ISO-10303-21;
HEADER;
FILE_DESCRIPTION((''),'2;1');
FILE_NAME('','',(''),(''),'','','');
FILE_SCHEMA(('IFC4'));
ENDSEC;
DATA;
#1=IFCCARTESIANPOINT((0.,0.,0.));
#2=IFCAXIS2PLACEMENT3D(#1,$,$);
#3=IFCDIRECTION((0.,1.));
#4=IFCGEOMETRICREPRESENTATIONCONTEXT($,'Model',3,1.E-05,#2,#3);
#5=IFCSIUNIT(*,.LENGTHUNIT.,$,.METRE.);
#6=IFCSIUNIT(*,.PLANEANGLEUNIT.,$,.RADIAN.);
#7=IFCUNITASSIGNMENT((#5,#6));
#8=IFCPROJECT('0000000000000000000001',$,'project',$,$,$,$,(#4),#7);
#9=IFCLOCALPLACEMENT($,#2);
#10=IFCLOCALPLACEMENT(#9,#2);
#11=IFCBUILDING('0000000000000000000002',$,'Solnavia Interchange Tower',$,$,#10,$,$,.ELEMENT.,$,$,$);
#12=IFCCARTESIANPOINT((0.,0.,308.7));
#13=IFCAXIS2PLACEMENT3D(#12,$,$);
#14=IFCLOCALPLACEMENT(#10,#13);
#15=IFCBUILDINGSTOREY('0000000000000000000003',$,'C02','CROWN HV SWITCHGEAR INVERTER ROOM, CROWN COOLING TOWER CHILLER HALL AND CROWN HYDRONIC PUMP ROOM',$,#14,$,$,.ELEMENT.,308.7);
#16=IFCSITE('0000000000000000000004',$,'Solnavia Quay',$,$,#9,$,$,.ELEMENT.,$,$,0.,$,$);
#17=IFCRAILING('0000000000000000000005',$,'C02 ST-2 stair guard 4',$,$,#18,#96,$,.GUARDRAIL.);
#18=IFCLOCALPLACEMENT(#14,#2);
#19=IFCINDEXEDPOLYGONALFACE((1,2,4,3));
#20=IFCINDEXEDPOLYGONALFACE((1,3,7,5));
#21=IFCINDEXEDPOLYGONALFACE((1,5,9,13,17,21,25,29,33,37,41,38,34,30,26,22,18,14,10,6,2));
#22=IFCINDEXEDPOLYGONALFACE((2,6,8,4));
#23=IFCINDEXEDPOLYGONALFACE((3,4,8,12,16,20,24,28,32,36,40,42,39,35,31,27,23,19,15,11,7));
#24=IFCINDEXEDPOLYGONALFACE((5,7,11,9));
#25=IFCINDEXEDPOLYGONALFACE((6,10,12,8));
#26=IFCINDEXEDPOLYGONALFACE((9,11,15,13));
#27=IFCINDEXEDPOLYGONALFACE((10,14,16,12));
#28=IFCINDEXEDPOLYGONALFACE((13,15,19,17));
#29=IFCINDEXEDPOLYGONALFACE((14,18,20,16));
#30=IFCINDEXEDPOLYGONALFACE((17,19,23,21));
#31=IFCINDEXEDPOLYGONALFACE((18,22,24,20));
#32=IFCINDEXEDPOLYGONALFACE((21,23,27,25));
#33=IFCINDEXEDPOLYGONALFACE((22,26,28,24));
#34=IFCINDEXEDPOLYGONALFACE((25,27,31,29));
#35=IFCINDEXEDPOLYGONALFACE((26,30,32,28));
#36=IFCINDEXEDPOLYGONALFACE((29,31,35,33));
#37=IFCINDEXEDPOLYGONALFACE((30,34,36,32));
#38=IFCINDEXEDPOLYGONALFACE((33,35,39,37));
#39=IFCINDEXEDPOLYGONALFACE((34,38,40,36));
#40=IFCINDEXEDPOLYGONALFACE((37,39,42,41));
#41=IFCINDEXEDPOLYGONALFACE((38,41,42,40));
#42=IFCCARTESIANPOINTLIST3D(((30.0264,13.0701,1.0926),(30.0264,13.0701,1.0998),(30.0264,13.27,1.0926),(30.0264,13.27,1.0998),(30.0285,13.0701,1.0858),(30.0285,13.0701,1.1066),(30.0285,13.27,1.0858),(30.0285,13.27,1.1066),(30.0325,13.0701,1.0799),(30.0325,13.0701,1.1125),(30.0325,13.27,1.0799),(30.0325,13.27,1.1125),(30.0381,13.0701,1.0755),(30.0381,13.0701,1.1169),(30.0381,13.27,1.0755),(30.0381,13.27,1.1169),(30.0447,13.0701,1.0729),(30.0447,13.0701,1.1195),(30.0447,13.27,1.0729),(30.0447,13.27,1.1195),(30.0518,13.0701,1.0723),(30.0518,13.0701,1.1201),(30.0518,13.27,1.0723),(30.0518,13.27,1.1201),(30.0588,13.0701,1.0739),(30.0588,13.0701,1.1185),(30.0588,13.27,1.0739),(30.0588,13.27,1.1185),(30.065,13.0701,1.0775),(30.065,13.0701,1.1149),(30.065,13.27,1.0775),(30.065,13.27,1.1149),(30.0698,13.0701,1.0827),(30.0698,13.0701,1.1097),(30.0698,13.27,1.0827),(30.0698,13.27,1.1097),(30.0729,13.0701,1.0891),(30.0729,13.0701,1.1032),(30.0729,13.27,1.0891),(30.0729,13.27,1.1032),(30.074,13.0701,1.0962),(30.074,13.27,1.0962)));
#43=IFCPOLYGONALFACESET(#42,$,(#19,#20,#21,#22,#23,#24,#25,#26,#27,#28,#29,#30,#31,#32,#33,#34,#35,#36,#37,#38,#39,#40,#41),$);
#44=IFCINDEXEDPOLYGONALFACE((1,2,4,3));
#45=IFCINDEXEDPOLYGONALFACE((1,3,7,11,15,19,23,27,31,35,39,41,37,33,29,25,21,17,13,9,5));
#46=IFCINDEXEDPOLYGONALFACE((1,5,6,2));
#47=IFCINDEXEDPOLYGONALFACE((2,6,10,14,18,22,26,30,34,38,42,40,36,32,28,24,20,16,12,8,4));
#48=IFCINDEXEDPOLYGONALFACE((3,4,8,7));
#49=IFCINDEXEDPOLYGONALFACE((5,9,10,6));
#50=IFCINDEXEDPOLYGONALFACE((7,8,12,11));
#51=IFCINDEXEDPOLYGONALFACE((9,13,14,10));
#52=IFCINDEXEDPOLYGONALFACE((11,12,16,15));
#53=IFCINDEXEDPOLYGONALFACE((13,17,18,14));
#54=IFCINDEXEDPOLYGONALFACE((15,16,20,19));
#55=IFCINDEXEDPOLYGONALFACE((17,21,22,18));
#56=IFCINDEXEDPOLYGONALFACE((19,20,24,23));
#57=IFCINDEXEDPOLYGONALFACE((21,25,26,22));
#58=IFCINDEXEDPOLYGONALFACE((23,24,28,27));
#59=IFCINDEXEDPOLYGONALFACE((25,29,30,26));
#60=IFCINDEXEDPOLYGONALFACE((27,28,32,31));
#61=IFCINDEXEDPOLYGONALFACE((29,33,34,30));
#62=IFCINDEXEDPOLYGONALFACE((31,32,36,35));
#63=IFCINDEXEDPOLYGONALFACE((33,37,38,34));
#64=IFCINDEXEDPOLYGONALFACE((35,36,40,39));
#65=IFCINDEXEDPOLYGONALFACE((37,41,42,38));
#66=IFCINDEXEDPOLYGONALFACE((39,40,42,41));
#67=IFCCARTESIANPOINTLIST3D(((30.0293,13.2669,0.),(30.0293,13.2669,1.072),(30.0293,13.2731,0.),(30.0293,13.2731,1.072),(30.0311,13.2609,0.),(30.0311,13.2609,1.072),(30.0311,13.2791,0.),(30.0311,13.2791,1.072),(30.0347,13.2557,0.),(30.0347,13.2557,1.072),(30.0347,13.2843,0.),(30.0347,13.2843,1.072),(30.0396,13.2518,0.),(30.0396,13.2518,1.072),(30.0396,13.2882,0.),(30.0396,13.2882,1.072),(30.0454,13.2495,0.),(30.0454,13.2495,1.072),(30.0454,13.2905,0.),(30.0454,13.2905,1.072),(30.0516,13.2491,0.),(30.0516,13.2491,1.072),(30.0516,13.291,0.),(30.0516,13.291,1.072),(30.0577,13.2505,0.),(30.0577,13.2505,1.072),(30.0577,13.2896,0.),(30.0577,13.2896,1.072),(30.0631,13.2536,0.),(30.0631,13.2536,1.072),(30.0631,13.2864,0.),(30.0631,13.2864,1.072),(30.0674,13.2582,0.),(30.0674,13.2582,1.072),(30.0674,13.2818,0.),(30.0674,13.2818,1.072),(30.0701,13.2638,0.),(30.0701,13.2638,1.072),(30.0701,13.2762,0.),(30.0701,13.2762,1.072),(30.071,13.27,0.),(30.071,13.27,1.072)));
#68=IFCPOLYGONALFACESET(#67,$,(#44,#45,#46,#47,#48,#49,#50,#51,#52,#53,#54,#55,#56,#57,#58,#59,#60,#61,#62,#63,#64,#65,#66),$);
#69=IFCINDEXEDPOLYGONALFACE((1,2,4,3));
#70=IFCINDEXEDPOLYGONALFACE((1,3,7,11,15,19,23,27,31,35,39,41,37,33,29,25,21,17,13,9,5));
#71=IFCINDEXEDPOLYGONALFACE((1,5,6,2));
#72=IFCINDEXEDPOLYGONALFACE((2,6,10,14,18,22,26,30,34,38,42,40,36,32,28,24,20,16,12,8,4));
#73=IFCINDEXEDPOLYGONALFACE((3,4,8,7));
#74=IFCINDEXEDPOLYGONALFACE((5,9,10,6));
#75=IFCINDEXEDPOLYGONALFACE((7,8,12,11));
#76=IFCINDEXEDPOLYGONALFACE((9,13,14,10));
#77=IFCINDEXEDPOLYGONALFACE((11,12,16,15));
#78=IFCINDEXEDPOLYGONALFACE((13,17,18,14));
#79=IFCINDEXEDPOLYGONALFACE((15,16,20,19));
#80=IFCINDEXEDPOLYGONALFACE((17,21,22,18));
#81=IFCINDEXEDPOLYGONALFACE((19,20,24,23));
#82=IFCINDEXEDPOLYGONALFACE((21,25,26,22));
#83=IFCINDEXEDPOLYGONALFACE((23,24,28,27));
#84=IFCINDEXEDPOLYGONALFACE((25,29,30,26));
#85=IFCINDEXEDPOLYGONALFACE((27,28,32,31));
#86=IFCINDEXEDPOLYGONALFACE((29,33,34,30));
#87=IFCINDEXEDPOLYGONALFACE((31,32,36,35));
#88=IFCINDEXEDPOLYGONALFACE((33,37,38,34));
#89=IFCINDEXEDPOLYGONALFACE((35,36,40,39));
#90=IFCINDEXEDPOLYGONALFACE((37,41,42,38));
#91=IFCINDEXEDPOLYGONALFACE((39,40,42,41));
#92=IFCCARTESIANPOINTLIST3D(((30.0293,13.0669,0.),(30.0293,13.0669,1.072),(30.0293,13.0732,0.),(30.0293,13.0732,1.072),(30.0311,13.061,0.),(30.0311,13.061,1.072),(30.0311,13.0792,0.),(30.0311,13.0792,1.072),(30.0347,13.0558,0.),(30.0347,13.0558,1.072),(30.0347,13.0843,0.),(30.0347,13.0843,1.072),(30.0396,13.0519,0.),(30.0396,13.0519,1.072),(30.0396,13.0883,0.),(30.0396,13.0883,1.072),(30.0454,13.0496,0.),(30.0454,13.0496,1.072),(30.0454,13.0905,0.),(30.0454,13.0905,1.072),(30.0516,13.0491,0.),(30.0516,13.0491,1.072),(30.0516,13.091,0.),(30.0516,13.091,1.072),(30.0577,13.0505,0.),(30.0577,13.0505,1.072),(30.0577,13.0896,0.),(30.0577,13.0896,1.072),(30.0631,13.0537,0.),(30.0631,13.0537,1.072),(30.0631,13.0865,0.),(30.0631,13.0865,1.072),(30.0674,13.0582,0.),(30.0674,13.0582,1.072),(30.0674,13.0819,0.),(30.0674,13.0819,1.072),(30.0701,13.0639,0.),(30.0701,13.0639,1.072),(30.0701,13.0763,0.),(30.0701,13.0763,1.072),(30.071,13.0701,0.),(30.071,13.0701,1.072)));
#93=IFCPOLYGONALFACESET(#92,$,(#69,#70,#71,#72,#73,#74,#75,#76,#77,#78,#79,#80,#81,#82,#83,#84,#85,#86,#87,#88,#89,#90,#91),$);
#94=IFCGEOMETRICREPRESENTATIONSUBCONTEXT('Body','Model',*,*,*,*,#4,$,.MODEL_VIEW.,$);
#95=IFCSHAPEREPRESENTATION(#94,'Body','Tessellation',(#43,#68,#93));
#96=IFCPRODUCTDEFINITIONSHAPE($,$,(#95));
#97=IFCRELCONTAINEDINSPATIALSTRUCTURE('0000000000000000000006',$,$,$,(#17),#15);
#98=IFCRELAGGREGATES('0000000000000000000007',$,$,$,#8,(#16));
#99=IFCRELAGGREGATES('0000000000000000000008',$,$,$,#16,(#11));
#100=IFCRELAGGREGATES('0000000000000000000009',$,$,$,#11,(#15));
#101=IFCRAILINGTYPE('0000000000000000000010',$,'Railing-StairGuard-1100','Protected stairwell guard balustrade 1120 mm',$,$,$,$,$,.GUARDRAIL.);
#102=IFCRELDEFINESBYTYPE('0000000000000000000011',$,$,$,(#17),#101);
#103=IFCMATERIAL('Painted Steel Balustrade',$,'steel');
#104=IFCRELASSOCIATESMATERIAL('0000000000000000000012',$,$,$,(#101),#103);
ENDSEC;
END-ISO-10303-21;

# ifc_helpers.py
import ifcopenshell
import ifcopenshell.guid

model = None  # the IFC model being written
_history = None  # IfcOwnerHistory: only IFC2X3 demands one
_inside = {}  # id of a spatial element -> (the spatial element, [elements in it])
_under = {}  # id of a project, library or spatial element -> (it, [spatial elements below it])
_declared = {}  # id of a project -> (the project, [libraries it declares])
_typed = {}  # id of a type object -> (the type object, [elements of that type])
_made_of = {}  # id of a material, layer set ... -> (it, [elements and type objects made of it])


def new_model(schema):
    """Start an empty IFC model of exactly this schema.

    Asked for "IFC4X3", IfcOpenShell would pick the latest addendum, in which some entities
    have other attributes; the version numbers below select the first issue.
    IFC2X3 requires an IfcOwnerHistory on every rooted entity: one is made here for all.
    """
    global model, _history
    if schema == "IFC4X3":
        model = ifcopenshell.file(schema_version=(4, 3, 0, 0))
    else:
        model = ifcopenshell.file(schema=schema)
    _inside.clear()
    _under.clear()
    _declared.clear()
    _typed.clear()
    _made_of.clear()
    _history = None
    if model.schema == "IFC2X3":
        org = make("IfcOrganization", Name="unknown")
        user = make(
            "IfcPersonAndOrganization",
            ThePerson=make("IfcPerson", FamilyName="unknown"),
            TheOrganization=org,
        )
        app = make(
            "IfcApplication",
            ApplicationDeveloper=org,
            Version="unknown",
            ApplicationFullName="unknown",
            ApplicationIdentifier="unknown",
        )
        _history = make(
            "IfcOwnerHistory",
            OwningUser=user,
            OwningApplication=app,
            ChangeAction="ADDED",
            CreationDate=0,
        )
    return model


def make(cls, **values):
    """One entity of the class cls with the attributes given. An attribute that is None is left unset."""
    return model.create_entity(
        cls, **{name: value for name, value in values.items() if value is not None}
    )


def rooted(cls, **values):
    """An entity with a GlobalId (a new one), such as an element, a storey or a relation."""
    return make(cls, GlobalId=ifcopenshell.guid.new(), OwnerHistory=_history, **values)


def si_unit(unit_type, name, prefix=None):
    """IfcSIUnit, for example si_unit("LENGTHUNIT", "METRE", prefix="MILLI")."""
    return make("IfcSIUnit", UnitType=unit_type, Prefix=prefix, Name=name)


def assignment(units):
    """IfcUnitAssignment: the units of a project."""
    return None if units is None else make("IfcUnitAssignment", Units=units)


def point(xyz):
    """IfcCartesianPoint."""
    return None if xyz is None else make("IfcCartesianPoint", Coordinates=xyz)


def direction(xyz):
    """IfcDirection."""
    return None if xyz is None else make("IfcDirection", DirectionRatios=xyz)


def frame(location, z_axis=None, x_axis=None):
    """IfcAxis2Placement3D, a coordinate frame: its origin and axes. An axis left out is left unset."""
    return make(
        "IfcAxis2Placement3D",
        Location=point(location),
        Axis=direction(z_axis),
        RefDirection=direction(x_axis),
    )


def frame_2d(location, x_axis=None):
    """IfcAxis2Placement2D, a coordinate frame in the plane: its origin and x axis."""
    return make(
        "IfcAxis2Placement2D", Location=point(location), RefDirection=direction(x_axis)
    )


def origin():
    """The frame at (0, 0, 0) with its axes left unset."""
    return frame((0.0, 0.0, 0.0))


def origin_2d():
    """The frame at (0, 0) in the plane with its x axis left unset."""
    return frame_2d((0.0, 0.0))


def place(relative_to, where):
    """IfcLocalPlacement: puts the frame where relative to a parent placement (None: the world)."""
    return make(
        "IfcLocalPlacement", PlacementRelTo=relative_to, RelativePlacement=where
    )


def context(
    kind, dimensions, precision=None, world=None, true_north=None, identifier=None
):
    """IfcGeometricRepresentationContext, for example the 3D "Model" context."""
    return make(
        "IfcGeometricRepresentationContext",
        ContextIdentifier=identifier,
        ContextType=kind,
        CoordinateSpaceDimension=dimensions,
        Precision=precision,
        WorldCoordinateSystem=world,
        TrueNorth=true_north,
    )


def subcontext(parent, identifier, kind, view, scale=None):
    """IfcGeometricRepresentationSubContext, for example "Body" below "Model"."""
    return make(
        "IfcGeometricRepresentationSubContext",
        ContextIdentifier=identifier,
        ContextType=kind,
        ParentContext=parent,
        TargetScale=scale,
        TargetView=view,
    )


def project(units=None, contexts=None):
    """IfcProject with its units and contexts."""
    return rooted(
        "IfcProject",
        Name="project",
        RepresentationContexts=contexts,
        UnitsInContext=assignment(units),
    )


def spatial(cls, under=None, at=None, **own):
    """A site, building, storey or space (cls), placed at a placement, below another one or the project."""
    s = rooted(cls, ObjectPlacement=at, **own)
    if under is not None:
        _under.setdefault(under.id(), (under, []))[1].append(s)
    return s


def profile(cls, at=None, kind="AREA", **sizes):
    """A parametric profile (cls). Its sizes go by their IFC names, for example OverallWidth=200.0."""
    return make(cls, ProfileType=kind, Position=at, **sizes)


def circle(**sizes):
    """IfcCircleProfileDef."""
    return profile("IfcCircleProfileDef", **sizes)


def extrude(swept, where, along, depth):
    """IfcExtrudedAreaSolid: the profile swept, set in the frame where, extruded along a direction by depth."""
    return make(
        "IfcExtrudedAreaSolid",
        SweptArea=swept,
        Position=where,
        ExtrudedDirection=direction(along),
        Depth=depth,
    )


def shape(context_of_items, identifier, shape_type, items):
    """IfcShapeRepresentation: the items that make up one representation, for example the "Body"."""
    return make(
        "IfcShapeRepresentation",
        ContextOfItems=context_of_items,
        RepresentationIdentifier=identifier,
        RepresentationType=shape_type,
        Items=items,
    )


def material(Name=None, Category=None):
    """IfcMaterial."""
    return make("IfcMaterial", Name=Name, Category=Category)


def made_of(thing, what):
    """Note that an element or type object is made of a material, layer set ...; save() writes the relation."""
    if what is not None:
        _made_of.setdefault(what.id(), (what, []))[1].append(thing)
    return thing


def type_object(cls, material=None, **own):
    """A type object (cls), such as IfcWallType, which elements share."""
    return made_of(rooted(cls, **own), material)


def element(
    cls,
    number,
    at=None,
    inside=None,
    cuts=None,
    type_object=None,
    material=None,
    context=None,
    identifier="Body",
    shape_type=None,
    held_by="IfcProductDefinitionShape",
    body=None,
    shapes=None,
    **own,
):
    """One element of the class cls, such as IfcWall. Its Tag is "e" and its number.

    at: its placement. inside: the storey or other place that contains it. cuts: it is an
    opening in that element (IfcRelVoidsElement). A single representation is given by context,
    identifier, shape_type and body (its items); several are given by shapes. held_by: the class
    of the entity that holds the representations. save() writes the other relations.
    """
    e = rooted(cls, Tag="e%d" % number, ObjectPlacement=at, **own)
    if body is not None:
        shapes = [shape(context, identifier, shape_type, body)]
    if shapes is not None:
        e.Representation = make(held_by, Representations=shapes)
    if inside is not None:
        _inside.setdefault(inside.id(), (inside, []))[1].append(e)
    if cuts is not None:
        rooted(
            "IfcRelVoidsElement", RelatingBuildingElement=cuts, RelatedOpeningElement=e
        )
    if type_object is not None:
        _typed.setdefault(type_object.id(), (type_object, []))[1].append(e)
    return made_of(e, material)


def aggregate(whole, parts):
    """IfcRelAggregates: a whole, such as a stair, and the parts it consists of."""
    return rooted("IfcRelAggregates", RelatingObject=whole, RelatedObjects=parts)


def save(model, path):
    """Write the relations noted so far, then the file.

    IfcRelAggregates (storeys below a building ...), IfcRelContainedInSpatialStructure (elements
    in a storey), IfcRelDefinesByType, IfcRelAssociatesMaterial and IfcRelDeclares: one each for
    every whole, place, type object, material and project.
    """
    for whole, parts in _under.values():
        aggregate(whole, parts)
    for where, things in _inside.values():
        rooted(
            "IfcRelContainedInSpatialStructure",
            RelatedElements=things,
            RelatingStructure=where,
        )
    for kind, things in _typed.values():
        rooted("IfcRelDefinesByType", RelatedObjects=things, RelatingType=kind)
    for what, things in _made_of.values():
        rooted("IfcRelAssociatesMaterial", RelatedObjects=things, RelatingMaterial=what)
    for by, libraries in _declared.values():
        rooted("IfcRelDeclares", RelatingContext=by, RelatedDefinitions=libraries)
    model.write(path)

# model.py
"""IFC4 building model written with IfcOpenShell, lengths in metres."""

from ifc_helpers import new_model, si_unit, direction, frame, origin, origin_2d, place, context, subcontext, project, spatial, circle, extrude, material, type_object, element, save


model = new_model("IFC4")

# Units and contexts
model_context = context("Model", 3, precision=1e-05, world=origin(), true_north=direction((0.0, 1.0)))
body_context = subcontext(model_context, "Body", "Model", "MODEL_VIEW")
ifc_project = project(units=[si_unit("LENGTHUNIT", "METRE"), si_unit("PLANEANGLEUNIT", "RADIAN")], contexts=[model_context])

# Site, building, storey
site_placement = place(None, origin())
site = spatial("IfcSite", under=ifc_project, at=site_placement, Name="Solnavia Quay", CompositionType="ELEMENT", RefElevation=0.0)
building_placement = place(site_placement, origin())
building = spatial("IfcBuilding", under=site, at=building_placement, Name="Solnavia Interchange Tower", CompositionType="ELEMENT")
storey_placement = place(building_placement, frame((0.0, 0.0, 308.7)))
storey = spatial("IfcBuildingStorey", under=building, at=storey_placement, Name="C02", Description="CROWN HV SWITCHGEAR INVERTER ROOM, CROWN COOLING TOWER CHILLER HALL AND CROWN HYDRONIC PUMP ROOM", CompositionType="ELEMENT", Elevation=308.7)

# Railing
ifc_material_1 = material(Name="Painted Steel Balustrade", Category="steel")
railing_type_1 = type_object("IfcRailingType", Name="Railing-StairGuard-1100", Description="Protected stairwell guard balustrade 1120 mm", PredefinedType="GUARDRAIL", material=ifc_material_1)
railing_1_placement = place(storey_placement, frame((30.05, 13.27, 0.0)))
element("IfcRailing", 1, at=railing_1_placement, inside=storey, type_object=railing_type_1, Name="C02 ST-2 stair guard 4", PredefinedType="GUARDRAIL", context=body_context, shape_type="SweptSolid", body=[
    extrude(circle(Radius=0.0239, at=origin_2d()), frame((0.0, 0.0, 1.0962), z_axis=(0.0, -1.0, 0.0), x_axis=(1.0, 0.0, 0.0)), (0.0, 0.0, 1.0), 0.2),
    extrude(circle(Radius=0.021, at=origin_2d()), origin(), (0.0, 0.0, 1.0), 1.072),
    extrude(circle(Radius=0.021, at=origin_2d()), frame((0.0, -0.2, 0.0)), (0.0, 0.0, 1.0), 1.072),
])

save(model, "model.ifc")
